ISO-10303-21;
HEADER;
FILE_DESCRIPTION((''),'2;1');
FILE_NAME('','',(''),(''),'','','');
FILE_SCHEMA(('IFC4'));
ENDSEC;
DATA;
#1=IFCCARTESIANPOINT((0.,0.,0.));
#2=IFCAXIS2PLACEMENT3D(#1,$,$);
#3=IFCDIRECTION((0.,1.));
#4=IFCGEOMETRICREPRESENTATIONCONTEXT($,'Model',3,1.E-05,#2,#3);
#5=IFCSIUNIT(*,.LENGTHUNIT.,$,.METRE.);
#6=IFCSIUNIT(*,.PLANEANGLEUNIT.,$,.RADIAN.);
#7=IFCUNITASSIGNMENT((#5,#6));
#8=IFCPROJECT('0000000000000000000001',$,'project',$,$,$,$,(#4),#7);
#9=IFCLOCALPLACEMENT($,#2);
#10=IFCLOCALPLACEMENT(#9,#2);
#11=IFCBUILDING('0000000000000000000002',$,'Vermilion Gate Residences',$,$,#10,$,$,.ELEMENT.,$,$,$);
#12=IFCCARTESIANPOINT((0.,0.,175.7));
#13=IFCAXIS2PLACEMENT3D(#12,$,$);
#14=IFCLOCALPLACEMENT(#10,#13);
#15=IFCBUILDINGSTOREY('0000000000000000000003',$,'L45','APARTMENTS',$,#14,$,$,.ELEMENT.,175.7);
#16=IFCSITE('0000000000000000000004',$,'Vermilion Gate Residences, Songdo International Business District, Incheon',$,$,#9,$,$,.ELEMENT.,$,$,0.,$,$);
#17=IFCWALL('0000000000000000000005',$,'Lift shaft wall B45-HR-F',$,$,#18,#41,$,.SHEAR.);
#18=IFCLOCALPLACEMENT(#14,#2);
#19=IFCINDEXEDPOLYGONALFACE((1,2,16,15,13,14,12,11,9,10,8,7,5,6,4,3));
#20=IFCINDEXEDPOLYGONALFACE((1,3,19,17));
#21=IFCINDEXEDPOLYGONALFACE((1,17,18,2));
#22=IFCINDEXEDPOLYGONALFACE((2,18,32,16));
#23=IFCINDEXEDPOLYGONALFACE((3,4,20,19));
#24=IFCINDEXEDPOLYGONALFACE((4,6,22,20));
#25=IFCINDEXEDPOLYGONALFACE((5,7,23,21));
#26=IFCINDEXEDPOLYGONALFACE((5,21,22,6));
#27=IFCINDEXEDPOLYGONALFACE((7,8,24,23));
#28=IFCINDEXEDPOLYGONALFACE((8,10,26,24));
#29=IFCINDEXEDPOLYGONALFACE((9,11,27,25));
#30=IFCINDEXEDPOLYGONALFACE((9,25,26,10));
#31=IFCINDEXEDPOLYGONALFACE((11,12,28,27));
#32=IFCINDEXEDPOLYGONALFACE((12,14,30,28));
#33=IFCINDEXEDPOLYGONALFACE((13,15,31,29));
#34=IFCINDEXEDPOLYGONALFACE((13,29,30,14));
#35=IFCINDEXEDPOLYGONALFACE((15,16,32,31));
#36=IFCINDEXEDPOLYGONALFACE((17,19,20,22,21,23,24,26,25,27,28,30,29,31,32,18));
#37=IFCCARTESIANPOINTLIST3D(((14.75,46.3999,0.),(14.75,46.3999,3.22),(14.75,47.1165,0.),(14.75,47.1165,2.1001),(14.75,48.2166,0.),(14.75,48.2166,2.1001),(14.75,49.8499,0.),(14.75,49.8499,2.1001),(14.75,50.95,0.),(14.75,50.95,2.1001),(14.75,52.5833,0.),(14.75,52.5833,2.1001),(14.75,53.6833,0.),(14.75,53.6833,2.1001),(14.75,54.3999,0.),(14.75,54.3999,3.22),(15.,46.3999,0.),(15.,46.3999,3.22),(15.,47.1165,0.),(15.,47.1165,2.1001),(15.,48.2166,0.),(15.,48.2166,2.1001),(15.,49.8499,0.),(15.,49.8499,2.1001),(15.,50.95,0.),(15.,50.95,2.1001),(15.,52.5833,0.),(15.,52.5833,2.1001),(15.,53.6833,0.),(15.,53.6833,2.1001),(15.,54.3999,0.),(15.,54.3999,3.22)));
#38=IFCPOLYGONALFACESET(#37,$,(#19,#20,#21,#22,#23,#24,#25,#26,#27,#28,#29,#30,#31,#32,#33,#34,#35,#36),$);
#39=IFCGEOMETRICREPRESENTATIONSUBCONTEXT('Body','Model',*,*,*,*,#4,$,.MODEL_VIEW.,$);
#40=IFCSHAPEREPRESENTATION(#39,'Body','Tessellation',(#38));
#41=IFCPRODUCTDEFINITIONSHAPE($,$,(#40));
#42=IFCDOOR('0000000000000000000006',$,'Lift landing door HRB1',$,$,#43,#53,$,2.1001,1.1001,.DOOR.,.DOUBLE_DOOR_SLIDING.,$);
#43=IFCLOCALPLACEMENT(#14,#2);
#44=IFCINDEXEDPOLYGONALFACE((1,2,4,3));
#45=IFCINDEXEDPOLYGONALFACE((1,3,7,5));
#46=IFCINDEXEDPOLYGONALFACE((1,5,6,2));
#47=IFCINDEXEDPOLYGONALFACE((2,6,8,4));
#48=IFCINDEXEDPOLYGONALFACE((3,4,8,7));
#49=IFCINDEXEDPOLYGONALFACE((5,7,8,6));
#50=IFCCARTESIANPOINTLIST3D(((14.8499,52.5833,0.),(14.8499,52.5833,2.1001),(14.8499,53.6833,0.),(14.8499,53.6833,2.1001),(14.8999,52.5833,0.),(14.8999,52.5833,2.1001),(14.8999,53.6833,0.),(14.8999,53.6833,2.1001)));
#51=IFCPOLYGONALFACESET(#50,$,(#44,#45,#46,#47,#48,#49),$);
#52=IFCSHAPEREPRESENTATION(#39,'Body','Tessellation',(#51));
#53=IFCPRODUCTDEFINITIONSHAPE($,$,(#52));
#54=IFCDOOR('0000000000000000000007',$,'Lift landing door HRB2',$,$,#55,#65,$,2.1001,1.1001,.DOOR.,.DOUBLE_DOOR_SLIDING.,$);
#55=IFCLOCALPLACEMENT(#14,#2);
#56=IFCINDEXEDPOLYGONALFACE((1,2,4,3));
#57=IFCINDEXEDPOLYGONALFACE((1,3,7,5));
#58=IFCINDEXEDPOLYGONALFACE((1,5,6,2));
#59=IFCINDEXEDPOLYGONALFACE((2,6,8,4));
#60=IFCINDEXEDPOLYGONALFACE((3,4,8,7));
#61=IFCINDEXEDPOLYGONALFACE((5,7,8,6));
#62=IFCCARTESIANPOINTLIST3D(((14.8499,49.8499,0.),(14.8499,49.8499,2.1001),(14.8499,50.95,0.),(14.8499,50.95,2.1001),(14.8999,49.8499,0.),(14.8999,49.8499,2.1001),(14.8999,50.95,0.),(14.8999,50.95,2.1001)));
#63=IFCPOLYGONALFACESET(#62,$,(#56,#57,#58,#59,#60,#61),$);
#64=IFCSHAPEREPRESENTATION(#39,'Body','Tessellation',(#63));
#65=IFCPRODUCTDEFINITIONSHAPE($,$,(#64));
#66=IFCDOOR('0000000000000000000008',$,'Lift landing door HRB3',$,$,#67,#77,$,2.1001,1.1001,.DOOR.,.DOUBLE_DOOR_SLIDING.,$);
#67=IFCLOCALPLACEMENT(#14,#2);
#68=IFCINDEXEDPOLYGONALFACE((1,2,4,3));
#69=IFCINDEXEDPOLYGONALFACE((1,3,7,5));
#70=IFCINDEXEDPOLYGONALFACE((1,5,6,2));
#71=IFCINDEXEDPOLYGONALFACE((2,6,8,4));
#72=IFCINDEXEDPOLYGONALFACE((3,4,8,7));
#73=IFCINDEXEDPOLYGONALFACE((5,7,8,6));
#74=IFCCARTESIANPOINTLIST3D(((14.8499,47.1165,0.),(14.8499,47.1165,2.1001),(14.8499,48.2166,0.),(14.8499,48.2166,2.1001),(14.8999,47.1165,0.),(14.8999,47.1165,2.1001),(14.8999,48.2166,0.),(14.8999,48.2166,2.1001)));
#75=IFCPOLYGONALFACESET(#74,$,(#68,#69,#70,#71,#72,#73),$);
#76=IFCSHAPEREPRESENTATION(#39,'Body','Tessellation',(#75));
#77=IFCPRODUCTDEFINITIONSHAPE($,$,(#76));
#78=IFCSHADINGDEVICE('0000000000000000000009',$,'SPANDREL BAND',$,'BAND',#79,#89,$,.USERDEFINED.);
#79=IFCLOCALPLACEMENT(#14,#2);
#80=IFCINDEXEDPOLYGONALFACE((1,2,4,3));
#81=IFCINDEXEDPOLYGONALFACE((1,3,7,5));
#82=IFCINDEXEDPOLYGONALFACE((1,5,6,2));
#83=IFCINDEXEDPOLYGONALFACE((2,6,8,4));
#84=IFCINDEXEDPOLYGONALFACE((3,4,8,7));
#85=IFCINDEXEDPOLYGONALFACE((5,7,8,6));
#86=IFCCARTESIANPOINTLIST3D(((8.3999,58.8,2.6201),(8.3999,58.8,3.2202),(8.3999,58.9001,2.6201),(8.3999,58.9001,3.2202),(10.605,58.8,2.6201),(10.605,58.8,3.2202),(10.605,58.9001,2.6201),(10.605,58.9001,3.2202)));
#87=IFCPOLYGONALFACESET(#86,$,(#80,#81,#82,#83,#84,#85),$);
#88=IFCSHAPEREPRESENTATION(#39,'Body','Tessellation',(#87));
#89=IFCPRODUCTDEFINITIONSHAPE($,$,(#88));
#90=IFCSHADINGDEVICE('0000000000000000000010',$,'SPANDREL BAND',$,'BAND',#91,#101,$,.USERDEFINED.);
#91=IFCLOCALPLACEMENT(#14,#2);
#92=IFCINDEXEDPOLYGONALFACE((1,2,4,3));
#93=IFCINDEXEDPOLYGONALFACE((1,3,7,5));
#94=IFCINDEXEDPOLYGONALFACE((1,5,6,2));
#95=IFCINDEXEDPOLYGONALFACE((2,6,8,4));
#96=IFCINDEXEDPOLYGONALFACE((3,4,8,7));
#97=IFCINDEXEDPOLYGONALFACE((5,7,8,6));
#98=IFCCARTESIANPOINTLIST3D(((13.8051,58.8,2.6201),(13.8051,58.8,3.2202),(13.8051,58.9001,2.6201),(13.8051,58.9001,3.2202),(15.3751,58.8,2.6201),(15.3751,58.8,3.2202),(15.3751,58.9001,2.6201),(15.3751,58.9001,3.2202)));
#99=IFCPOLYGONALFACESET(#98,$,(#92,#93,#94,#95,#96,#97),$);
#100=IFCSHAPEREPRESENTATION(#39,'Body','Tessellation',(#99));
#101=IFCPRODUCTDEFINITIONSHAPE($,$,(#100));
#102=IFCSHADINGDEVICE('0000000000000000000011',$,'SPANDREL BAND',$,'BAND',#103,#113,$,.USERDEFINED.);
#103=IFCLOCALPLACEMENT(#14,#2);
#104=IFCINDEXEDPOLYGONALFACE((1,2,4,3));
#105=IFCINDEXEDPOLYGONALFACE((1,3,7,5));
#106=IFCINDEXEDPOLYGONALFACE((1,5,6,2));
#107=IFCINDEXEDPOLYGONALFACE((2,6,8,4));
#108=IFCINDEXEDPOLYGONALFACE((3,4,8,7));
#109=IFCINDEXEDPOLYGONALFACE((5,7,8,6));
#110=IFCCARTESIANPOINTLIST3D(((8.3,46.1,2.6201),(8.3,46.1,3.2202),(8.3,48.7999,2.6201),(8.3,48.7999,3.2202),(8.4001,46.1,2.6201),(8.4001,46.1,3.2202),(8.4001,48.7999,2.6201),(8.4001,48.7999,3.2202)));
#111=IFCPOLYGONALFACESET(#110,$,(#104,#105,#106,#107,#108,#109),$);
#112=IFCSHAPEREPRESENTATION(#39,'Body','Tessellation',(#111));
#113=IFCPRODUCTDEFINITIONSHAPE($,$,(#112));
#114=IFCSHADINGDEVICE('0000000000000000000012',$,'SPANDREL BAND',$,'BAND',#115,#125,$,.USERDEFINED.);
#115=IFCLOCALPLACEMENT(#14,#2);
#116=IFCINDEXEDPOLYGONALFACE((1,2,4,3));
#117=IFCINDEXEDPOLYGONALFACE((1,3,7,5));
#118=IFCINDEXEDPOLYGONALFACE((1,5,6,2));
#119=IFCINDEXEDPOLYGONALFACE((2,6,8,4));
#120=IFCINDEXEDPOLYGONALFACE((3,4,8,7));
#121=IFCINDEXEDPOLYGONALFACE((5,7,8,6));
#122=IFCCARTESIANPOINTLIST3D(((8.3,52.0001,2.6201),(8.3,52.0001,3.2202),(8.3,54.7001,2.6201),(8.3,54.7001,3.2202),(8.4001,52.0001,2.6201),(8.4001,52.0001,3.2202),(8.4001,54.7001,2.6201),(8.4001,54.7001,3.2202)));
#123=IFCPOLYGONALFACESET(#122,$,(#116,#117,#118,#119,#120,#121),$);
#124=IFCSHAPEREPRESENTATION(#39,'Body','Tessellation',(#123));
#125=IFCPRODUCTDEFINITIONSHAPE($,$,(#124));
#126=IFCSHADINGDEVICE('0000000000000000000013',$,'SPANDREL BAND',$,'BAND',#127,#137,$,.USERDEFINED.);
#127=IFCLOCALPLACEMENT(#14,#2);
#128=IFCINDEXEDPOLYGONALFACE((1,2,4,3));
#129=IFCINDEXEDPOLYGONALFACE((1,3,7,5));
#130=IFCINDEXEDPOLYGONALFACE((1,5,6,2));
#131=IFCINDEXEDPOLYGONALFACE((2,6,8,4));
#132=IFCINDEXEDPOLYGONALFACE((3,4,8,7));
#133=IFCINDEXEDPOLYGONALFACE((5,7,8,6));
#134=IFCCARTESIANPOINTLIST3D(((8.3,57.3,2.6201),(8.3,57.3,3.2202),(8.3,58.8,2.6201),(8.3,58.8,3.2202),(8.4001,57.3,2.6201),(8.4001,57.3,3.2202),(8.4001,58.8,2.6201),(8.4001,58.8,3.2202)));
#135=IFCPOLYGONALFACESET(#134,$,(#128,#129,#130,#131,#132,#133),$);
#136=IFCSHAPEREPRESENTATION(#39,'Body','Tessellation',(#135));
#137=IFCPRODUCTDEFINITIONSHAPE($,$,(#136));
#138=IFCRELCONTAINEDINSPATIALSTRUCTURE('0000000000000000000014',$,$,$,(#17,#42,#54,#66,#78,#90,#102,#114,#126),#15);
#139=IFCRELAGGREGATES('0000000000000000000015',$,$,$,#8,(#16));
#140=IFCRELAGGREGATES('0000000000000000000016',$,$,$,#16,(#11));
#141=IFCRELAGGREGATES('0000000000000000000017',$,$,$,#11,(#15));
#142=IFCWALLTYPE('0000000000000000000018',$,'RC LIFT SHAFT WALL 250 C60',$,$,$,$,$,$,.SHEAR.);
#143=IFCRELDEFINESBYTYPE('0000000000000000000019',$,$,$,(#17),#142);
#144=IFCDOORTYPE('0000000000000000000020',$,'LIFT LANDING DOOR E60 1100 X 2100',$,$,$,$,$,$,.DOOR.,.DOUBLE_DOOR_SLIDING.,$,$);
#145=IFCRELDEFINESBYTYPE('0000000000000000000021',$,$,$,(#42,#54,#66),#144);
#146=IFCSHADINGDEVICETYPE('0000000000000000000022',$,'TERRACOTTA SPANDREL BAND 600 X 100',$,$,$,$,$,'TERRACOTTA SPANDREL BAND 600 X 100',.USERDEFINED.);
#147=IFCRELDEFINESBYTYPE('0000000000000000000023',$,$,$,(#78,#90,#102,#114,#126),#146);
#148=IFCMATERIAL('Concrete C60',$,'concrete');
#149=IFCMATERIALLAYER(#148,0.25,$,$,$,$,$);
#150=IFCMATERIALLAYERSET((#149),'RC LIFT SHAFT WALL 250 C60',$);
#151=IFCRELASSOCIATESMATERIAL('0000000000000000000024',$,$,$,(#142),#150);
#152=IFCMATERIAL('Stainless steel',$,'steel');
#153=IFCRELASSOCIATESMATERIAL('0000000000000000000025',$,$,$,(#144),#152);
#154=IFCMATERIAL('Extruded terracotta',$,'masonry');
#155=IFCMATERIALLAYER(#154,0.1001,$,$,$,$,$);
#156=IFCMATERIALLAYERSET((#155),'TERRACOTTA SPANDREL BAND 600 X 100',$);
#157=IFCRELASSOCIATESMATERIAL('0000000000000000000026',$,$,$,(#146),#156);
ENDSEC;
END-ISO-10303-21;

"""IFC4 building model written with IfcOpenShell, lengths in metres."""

from ifc_helpers import new_model, si_unit, direction, frame, frame_2d, origin, origin_2d, place, context, subcontext, project, spatial, rectangle, extrude, material, layer, layer_set, type_object, element, fill, save


model = new_model("IFC4")

# Units and contexts
model_context = context("Model", 3, precision=1e-05, world=origin(), true_north=direction((0.0, 1.0)))
body_context = subcontext(model_context, "Body", "Model", "MODEL_VIEW")
ifc_project = project(units=[si_unit("LENGTHUNIT", "METRE"), si_unit("PLANEANGLEUNIT", "RADIAN")], contexts=[model_context])

# Site, building, storey
site_placement = place(None, origin())
site = spatial("IfcSite", under=ifc_project, at=site_placement, Name="Vermilion Gate Residences, Songdo International Business District, Incheon", CompositionType="ELEMENT", RefElevation=0.0)
building_placement = place(site_placement, origin())
building = spatial("IfcBuilding", under=site, at=building_placement, Name="Vermilion Gate Residences", CompositionType="ELEMENT")
storey_placement = place(building_placement, frame((0.0, 0.0, 175.7)))
storey = spatial("IfcBuildingStorey", under=building, at=storey_placement, Name="L45", Description="APARTMENTS", CompositionType="ELEMENT", Elevation=175.7)

# Wall, openings, doors
ifc_material_1 = material(Name="Concrete C60", Category="concrete")
ifc_layer_1 = layer(ifc_material_1, 0.25)
ifc_layer_set_1 = layer_set([ifc_layer_1], Name="RC LIFT SHAFT WALL 250 C60")
wall_type_1 = type_object("IfcWallType", Name="RC LIFT SHAFT WALL 250 C60", PredefinedType="SHEAR", material=ifc_layer_set_1)
wall_1_placement = place(storey_placement, frame((14.875, 54.3999, 0.0), z_axis=(0.0, 0.0, 1.0), x_axis=(0.0, -1.0, 0.0)))
wall_1 = element("IfcWall", 1, at=wall_1_placement, inside=storey, type_object=wall_type_1, Name="Lift shaft wall B45-HR-F", PredefinedType="SHEAR", context=body_context, shape_type="SweptSolid", body=[
    extrude(rectangle(XDim=8.0, YDim=0.25, at=frame_2d((4.0, 0.0))), origin(), (0.0, 0.0, 1.0), 3.22),
])
opening_1_placement = place(wall_1_placement, frame((0.7166, 0.0, 0.0)))
opening_1 = element("IfcOpeningElement", 2, at=opening_1_placement, cuts=wall_1, PredefinedType="OPENING", context=body_context, shape_type="SweptSolid", body=[
    extrude(rectangle(XDim=1.1001, YDim=2.1001, at=frame_2d((0.55, 1.05))), frame((0.0, 0.135, 0.0), z_axis=(0.0, -1.0, 0.0), x_axis=(1.0, 0.0, 0.0)), (0.0, 0.0, 1.0), 0.27),
])
opening_2_placement = place(wall_1_placement, frame((3.45, 0.0, 0.0)))
opening_2 = element("IfcOpeningElement", 3, at=opening_2_placement, cuts=wall_1, PredefinedType="OPENING", context=body_context, shape_type="SweptSolid", body=[
    extrude(rectangle(XDim=1.1001, YDim=2.1001, at=frame_2d((0.55, 1.05))), frame((0.0, 0.135, 0.0), z_axis=(0.0, -1.0, 0.0), x_axis=(1.0, 0.0, 0.0)), (0.0, 0.0, 1.0), 0.27),
])
opening_3_placement = place(wall_1_placement, frame((6.1833, 0.0, 0.0)))
opening_3 = element("IfcOpeningElement", 4, at=opening_3_placement, cuts=wall_1, PredefinedType="OPENING", context=body_context, shape_type="SweptSolid", body=[
    extrude(rectangle(XDim=1.1001, YDim=2.1001, at=frame_2d((0.55, 1.05))), frame((0.0, 0.135, 0.0), z_axis=(0.0, -1.0, 0.0), x_axis=(1.0, 0.0, 0.0)), (0.0, 0.0, 1.0), 0.27),
])
ifc_material_2 = material(Name="Stainless steel", Category="steel")
door_type_1 = type_object("IfcDoorType", Name="LIFT LANDING DOOR E60 1100 X 2100", OperationType="DOUBLE_DOOR_SLIDING", PredefinedType="DOOR", material=ifc_material_2)
door_1_placement = place(opening_1_placement, origin())
door_1 = element("IfcDoor", 5, at=door_1_placement, inside=storey, type_object=door_type_1, Name="Lift landing door HRB1", OperationType="DOUBLE_DOOR_SLIDING", OverallHeight=2.1001, OverallWidth=1.1001, PredefinedType="DOOR", context=body_context, shape_type="SweptSolid", body=[
    extrude(rectangle(XDim=1.1001, YDim=2.1001, at=frame_2d((0.55, 1.05))), frame((0.0, 0.0249, 0.0), z_axis=(0.0, -1.0, 0.0), x_axis=(1.0, 0.0, 0.0)), (0.0, 0.0, 1.0), 0.05),
])
fill(opening_1, door_1)
door_2_placement = place(opening_2_placement, origin())
door_2 = element("IfcDoor", 6, at=door_2_placement, inside=storey, type_object=door_type_1, Name="Lift landing door HRB2", OperationType="DOUBLE_DOOR_SLIDING", OverallHeight=2.1001, OverallWidth=1.1001, PredefinedType="DOOR", context=body_context, shape_type="SweptSolid", body=[
    extrude(rectangle(XDim=1.1001, YDim=2.1001, at=frame_2d((0.55, 1.05))), frame((0.0, 0.0249, 0.0), z_axis=(0.0, -1.0, 0.0), x_axis=(1.0, 0.0, 0.0)), (0.0, 0.0, 1.0), 0.05),
])
fill(opening_2, door_2)
door_3_placement = place(opening_3_placement, origin())
door_3 = element("IfcDoor", 7, at=door_3_placement, inside=storey, type_object=door_type_1, Name="Lift landing door HRB3", OperationType="DOUBLE_DOOR_SLIDING", OverallHeight=2.1001, OverallWidth=1.1001, PredefinedType="DOOR", context=body_context, shape_type="SweptSolid", body=[
    extrude(rectangle(XDim=1.1001, YDim=2.1001, at=frame_2d((0.55, 1.05))), frame((0.0, 0.0249, 0.0), z_axis=(0.0, -1.0, 0.0), x_axis=(1.0, 0.0, 0.0)), (0.0, 0.0, 1.0), 0.05),
])
fill(opening_3, door_3)

# Shading devices
ifc_material_3 = material(Name="Extruded terracotta", Category="masonry")
ifc_layer_2 = layer(ifc_material_3, 0.1001)
ifc_layer_set_2 = layer_set([ifc_layer_2], Name="TERRACOTTA SPANDREL BAND 600 X 100")
shading_device_type = type_object("IfcShadingDeviceType", Name="TERRACOTTA SPANDREL BAND 600 X 100", ElementType="TERRACOTTA SPANDREL BAND 600 X 100", PredefinedType="USERDEFINED", material=ifc_layer_set_2)
shading_device_1_placement = place(storey_placement, frame((9.5024, 58.8501, 2.6201), z_axis=(0.0, 0.0, 1.0), x_axis=(1.0, 0.0, 0.0)))
element("IfcShadingDevice", 8, at=shading_device_1_placement, inside=storey, type_object=shading_device_type, Name="SPANDREL BAND", ObjectType="BAND", PredefinedType="USERDEFINED", context=body_context, shape_type="SweptSolid", body=[
    extrude(rectangle(XDim=2.2051, YDim=0.1001, at=origin_2d()), origin(), (0.0, 0.0, 1.0), 0.6001),
])
shading_device_2_placement = place(storey_placement, frame((14.5901, 58.8501, 2.6201), z_axis=(0.0, 0.0, 1.0), x_axis=(1.0, 0.0, 0.0)))
element("IfcShadingDevice", 9, at=shading_device_2_placement, inside=storey, type_object=shading_device_type, Name="SPANDREL BAND", ObjectType="BAND", PredefinedType="USERDEFINED", context=body_context, shape_type="SweptSolid", body=[
    extrude(rectangle(XDim=1.5701, YDim=0.1001, at=origin_2d()), origin(), (0.0, 0.0, 1.0), 0.6001),
])
for number, where, z_axis, x_axis, name in (
    (10, (8.3501, 47.45, 2.6201), (0.0, 0.0, 1.0), (0.0, 1.0, 0.0), "SPANDREL BAND"),
    (11, (8.3501, 53.3501, 2.6201), (0.0, 0.0, 1.0), (0.0, 1.0, 0.0), "SPANDREL BAND"),
):
    element("IfcShadingDevice", number, at=place(storey_placement, frame(where, z_axis=z_axis, x_axis=x_axis)), inside=storey, type_object=shading_device_type, Name=name, ObjectType="BAND", PredefinedType="USERDEFINED", context=body_context, shape_type="SweptSolid", body=[
        extrude(rectangle(XDim=2.7, YDim=0.1001, at=origin_2d()), origin(), (0.0, 0.0, 1.0), 0.6001),
    ])
shading_device_3_placement = place(storey_placement, frame((8.3501, 58.05, 2.6201), z_axis=(0.0, 0.0, 1.0), x_axis=(0.0, 1.0, 0.0)))
element("IfcShadingDevice", 12, at=shading_device_3_placement, inside=storey, type_object=shading_device_type, Name="SPANDREL BAND", ObjectType="BAND", PredefinedType="USERDEFINED", context=body_context, shape_type="SweptSolid", body=[
    extrude(rectangle(XDim=1.5, YDim=0.1001, at=origin_2d()), origin(), (0.0, 0.0, 1.0), 0.6001),
])

save(model, "model.ifc")
